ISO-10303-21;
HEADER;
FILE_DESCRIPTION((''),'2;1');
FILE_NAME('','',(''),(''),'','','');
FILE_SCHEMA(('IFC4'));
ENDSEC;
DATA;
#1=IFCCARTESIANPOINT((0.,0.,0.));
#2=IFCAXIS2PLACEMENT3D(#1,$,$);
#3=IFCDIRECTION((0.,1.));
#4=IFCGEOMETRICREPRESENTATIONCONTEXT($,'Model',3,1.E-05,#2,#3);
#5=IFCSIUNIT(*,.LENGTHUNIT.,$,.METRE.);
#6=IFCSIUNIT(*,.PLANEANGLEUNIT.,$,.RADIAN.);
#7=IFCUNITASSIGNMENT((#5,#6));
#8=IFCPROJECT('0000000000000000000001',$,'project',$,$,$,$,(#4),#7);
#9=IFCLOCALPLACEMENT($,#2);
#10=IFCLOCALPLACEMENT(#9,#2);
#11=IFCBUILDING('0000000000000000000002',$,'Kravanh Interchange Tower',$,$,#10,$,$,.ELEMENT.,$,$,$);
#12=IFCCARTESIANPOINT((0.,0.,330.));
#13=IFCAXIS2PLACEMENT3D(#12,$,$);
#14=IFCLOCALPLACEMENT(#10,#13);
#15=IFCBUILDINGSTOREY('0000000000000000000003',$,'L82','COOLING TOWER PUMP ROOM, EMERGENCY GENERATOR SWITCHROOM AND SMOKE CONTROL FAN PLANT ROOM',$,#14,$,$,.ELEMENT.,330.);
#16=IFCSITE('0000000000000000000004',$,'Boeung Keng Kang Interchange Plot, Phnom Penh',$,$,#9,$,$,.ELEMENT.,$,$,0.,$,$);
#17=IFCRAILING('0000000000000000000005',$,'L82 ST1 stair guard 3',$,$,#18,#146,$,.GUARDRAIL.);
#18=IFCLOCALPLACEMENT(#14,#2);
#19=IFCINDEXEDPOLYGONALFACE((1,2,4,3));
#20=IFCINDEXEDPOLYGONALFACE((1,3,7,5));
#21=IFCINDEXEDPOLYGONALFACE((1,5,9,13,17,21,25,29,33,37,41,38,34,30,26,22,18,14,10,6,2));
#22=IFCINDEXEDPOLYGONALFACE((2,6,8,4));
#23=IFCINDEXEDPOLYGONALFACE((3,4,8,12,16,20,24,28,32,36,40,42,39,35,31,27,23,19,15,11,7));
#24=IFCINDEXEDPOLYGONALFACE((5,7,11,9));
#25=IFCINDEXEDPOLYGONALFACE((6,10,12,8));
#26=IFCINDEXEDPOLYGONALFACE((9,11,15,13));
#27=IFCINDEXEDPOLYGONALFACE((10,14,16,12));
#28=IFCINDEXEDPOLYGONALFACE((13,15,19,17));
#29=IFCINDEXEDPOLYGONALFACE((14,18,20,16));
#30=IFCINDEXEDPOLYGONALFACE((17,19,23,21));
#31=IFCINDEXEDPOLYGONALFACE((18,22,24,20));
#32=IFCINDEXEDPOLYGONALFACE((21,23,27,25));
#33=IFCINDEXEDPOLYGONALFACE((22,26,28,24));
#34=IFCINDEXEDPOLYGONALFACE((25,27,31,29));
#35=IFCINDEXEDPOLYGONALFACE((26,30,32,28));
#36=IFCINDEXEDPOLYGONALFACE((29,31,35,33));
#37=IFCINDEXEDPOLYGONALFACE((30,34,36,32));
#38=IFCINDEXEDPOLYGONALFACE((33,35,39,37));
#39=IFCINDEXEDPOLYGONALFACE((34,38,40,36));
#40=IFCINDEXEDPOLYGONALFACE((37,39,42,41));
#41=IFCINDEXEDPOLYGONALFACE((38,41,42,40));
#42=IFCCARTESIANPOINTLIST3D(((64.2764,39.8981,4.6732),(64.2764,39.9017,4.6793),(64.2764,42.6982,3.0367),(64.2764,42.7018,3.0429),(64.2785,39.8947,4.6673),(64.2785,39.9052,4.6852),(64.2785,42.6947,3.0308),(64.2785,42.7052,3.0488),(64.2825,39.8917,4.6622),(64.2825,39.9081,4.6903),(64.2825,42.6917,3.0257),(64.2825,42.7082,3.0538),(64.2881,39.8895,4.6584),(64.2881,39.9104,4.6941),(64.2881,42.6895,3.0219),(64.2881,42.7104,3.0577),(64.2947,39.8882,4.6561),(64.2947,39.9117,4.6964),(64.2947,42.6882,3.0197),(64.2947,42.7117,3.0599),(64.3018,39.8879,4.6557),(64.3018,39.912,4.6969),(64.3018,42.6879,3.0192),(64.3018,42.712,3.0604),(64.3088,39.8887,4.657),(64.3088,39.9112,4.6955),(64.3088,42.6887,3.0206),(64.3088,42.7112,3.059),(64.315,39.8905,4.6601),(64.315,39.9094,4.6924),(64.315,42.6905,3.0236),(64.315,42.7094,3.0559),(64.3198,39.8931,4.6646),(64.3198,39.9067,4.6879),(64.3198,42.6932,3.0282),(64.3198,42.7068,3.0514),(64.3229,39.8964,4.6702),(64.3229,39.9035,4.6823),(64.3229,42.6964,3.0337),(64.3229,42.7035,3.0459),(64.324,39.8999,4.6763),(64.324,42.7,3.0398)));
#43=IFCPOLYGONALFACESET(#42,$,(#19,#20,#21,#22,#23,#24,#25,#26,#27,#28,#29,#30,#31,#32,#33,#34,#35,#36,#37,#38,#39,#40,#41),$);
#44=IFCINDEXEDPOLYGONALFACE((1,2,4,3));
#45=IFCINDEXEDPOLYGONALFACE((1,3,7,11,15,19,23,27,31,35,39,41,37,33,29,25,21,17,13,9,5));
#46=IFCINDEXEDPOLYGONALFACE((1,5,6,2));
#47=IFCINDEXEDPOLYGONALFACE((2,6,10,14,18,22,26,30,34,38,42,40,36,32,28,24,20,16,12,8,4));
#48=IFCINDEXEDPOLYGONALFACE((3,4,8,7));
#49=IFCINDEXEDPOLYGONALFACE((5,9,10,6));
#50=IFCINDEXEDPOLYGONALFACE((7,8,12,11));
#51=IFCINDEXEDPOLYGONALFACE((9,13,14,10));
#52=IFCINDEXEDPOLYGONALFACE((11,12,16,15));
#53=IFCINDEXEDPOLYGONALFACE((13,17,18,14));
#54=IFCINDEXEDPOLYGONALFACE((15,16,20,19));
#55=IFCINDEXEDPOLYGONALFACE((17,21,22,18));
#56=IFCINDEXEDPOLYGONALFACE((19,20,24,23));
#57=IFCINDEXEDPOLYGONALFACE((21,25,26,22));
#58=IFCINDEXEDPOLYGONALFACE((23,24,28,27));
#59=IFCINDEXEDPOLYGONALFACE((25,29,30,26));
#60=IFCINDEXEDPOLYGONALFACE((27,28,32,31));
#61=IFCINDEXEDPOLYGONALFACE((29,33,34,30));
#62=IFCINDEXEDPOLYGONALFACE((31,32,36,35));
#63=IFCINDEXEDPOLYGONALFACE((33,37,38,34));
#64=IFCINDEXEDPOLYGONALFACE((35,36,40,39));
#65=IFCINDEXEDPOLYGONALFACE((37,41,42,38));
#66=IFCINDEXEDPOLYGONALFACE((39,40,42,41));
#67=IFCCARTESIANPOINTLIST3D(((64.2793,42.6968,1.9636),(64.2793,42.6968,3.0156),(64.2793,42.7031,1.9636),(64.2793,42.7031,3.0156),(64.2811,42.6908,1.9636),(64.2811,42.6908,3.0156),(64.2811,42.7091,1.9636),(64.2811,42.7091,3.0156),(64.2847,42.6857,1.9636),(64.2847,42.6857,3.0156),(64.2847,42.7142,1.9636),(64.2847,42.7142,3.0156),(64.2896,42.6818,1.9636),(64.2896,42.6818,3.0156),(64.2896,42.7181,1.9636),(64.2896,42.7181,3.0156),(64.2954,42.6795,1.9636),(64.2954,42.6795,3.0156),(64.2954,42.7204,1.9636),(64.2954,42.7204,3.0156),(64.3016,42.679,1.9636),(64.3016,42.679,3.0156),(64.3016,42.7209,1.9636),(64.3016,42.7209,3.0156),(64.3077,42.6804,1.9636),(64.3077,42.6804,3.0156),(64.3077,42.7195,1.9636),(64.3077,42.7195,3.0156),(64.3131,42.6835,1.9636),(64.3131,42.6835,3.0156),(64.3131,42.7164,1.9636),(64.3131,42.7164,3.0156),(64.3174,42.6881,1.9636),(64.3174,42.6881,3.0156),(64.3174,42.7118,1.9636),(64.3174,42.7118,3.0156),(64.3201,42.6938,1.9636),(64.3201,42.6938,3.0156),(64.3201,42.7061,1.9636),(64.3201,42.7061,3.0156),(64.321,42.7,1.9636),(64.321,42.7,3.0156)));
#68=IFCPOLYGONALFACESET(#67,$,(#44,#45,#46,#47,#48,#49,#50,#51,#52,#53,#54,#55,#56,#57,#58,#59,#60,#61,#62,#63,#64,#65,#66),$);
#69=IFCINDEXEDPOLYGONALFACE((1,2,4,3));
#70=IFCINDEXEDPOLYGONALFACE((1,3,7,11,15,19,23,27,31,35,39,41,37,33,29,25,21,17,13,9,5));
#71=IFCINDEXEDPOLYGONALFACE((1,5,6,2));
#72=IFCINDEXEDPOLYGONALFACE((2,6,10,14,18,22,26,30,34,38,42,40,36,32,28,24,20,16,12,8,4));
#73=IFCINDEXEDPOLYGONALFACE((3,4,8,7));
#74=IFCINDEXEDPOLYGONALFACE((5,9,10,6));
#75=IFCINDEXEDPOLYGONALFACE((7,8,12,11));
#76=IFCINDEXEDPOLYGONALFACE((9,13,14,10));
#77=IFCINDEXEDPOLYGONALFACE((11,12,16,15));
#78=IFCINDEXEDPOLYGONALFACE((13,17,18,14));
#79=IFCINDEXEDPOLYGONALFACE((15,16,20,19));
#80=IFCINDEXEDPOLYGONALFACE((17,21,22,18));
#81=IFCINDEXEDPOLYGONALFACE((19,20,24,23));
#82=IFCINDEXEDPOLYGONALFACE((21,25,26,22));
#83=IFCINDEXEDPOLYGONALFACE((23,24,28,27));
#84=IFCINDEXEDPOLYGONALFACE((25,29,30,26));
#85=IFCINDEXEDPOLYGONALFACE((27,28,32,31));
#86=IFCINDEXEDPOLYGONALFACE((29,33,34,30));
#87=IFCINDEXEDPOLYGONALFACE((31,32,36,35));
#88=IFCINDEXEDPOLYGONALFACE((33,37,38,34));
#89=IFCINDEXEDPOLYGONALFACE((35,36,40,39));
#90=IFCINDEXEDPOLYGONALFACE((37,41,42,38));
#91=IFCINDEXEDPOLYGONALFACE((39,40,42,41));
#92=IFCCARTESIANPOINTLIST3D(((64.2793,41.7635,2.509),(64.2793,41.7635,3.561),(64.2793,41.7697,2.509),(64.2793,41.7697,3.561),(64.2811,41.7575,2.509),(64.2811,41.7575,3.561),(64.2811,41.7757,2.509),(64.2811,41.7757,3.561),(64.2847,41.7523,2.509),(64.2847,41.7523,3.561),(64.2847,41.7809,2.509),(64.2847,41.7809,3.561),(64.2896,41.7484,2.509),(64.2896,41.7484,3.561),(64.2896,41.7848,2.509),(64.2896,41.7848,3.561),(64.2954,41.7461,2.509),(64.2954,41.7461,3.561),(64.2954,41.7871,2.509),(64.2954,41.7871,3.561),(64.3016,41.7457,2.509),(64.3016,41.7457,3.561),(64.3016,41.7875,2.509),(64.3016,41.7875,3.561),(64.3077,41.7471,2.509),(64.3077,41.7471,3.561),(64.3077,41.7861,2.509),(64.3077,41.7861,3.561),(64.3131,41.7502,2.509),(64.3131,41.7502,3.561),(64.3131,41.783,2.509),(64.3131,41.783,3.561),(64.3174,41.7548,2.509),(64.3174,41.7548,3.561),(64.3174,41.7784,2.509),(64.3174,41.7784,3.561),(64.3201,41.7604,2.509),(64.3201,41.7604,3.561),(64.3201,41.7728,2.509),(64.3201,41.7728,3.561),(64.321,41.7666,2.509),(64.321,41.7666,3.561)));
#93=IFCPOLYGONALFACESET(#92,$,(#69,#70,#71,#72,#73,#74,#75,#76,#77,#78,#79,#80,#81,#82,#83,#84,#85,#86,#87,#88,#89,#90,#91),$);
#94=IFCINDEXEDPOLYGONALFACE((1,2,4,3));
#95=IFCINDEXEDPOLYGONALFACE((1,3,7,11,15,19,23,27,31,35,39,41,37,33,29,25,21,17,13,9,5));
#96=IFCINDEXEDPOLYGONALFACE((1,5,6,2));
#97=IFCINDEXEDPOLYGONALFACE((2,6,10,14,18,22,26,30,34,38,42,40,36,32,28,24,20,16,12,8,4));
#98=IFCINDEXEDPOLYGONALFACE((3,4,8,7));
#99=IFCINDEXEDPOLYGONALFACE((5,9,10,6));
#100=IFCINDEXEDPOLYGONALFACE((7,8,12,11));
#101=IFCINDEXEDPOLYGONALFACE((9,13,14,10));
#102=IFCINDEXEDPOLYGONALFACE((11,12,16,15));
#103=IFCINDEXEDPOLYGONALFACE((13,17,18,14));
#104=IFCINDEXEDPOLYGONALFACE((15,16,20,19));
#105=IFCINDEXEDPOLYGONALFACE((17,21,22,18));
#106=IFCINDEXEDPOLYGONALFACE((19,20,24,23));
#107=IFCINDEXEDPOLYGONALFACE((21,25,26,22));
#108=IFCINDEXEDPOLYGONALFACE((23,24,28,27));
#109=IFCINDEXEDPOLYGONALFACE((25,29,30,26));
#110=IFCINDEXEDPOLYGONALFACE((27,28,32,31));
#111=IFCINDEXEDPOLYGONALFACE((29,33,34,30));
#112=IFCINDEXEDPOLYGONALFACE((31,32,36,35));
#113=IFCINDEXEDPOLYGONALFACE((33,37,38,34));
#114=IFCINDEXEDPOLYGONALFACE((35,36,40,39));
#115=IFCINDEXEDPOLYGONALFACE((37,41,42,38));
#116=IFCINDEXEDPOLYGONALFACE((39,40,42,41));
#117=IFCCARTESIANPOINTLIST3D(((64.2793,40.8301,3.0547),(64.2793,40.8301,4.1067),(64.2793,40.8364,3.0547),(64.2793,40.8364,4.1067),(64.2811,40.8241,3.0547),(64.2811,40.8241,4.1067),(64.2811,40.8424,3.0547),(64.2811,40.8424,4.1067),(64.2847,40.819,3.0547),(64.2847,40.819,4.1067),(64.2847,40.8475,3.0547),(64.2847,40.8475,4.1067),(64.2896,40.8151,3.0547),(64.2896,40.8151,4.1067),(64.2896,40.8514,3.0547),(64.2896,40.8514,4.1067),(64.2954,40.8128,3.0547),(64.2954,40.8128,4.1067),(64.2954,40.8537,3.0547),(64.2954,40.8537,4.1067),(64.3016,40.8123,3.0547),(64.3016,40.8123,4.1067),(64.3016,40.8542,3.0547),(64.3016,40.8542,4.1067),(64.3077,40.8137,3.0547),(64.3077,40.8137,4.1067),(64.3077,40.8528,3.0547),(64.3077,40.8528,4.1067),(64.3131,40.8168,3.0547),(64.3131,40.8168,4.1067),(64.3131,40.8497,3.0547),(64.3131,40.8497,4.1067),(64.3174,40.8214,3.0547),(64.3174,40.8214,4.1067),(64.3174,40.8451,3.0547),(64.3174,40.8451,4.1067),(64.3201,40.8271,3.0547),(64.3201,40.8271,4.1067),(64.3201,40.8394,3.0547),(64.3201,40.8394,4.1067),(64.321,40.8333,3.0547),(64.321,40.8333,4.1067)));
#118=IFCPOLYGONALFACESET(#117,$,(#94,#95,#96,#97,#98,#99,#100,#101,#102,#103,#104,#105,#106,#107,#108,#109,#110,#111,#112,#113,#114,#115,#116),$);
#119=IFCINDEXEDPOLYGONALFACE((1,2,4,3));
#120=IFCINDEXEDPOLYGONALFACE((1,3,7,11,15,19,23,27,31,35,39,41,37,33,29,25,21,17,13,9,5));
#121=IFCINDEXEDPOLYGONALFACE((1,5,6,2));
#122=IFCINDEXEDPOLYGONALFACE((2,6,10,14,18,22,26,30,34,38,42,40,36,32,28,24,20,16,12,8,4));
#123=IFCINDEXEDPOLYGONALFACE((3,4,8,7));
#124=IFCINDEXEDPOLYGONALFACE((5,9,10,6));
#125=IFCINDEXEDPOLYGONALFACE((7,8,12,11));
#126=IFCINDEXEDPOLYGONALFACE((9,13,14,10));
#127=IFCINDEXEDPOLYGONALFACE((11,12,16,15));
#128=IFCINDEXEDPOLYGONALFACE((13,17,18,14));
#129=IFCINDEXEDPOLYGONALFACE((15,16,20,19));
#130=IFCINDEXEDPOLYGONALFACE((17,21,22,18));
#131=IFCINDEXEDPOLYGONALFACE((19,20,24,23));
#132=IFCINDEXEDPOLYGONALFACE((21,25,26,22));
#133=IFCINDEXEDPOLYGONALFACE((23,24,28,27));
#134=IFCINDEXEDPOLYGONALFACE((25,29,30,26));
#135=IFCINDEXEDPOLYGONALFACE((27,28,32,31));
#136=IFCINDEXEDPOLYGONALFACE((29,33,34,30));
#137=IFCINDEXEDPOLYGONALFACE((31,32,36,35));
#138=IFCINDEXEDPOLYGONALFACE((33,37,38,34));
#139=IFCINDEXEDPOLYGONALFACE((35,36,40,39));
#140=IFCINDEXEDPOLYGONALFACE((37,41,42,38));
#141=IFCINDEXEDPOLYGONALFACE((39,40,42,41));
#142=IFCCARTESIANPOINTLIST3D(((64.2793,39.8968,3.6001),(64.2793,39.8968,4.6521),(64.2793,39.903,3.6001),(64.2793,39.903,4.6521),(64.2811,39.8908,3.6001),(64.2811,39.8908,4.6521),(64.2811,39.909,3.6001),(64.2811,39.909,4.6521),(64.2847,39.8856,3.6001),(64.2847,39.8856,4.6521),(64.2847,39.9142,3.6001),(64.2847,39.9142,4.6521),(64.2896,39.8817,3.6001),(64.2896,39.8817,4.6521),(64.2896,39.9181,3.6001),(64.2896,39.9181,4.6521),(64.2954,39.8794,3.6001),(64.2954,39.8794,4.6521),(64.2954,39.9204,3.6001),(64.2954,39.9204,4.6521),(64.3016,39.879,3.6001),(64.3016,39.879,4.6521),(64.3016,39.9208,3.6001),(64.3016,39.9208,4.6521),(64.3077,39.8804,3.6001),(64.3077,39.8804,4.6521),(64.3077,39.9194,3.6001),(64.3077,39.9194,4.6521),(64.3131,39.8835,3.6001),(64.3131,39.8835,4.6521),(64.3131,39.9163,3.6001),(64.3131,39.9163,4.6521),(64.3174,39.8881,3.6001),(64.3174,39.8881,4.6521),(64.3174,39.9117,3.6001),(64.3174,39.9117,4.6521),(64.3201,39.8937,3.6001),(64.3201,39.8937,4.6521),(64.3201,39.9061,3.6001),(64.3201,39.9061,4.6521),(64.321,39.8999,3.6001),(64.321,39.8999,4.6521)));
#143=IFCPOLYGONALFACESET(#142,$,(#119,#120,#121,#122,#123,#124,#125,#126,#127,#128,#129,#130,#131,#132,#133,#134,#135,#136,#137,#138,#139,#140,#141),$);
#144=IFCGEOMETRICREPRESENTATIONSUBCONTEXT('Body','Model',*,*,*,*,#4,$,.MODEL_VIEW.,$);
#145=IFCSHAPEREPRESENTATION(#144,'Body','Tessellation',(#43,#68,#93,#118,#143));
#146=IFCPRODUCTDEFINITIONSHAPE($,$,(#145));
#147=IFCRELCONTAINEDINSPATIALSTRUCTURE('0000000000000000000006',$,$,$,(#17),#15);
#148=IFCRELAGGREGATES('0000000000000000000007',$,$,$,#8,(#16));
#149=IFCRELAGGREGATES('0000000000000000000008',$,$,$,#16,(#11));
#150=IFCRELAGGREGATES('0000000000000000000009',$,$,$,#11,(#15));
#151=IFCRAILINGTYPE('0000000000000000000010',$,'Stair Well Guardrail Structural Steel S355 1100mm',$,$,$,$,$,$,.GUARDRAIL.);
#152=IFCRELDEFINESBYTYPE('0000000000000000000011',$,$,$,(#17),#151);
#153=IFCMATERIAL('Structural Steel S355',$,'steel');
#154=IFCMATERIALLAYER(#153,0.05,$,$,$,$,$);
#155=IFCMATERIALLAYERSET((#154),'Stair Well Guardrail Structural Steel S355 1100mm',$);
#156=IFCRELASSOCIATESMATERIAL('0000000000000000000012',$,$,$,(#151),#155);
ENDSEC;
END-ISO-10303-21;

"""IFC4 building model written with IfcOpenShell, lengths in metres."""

from ifc_helpers import new_model, si_unit, direction, frame, origin, origin_2d, place, context, subcontext, project, spatial, circle, extrude, material, layer, layer_set, type_object, element, save


model = new_model("IFC4")

# Units and contexts
model_context = context("Model", 3, precision=1e-05, world=origin(), true_north=direction((0.0, 1.0)))
body_context = subcontext(model_context, "Body", "Model", "MODEL_VIEW")
ifc_project = project(units=[si_unit("LENGTHUNIT", "METRE"), si_unit("PLANEANGLEUNIT", "RADIAN")], contexts=[model_context])

# Site, building, storey
site_placement = place(None, origin())
site = spatial("IfcSite", under=ifc_project, at=site_placement, Name="Boeung Keng Kang Interchange Plot, Phnom Penh", CompositionType="ELEMENT", RefElevation=0.0)
building_placement = place(site_placement, origin())
building = spatial("IfcBuilding", under=site, at=building_placement, Name="Kravanh Interchange Tower", CompositionType="ELEMENT")
storey_placement = place(building_placement, frame((0.0, 0.0, 330.0)))
storey = spatial("IfcBuildingStorey", under=building, at=storey_placement, Name="L82", Description="COOLING TOWER PUMP ROOM, EMERGENCY GENERATOR SWITCHROOM AND SMOKE CONTROL FAN PLANT ROOM", CompositionType="ELEMENT", Elevation=330.0)

# Railing
ifc_material_1 = material(Name="Structural Steel S355", Category="steel")
ifc_layer_1 = layer(ifc_material_1, 0.05)
ifc_layer_set_1 = layer_set([ifc_layer_1], Name="Stair Well Guardrail Structural Steel S355 1100mm")
railing_type_1 = type_object("IfcRailingType", Name="Stair Well Guardrail Structural Steel S355 1100mm", PredefinedType="GUARDRAIL", material=ifc_layer_set_1)
railing_1_placement = place(storey_placement, frame((64.3, 42.7, 1.9636)))
element("IfcRailing", 1, at=railing_1_placement, inside=storey, type_object=railing_type_1, Name="L82 ST1 stair guard 3", PredefinedType="GUARDRAIL", context=body_context, shape_type="SweptSolid", body=[
    extrude(circle(Radius=0.0239, at=origin_2d()), frame((0.0, 0.0, 1.0762), z_axis=(0.0, -0.863361, 0.504587), x_axis=(1.0, 0.0, 0.0)), (0.0, 0.0, 1.0), 3.2432),
    extrude(circle(Radius=0.021, at=origin_2d()), origin(), (0.0, 0.0, 1.0), 1.052),
    extrude(circle(Radius=0.021, at=origin_2d()), frame((0.0, -0.9333, 0.5454)), (0.0, 0.0, 1.0), 1.052),
    extrude(circle(Radius=0.021, at=origin_2d()), frame((0.0, -1.8667, 1.0911)), (0.0, 0.0, 1.0), 1.052),
    extrude(circle(Radius=0.021, at=origin_2d()), frame((0.0, -2.8, 1.6365)), (0.0, 0.0, 1.0), 1.052),
])

save(model, "model.ifc")
